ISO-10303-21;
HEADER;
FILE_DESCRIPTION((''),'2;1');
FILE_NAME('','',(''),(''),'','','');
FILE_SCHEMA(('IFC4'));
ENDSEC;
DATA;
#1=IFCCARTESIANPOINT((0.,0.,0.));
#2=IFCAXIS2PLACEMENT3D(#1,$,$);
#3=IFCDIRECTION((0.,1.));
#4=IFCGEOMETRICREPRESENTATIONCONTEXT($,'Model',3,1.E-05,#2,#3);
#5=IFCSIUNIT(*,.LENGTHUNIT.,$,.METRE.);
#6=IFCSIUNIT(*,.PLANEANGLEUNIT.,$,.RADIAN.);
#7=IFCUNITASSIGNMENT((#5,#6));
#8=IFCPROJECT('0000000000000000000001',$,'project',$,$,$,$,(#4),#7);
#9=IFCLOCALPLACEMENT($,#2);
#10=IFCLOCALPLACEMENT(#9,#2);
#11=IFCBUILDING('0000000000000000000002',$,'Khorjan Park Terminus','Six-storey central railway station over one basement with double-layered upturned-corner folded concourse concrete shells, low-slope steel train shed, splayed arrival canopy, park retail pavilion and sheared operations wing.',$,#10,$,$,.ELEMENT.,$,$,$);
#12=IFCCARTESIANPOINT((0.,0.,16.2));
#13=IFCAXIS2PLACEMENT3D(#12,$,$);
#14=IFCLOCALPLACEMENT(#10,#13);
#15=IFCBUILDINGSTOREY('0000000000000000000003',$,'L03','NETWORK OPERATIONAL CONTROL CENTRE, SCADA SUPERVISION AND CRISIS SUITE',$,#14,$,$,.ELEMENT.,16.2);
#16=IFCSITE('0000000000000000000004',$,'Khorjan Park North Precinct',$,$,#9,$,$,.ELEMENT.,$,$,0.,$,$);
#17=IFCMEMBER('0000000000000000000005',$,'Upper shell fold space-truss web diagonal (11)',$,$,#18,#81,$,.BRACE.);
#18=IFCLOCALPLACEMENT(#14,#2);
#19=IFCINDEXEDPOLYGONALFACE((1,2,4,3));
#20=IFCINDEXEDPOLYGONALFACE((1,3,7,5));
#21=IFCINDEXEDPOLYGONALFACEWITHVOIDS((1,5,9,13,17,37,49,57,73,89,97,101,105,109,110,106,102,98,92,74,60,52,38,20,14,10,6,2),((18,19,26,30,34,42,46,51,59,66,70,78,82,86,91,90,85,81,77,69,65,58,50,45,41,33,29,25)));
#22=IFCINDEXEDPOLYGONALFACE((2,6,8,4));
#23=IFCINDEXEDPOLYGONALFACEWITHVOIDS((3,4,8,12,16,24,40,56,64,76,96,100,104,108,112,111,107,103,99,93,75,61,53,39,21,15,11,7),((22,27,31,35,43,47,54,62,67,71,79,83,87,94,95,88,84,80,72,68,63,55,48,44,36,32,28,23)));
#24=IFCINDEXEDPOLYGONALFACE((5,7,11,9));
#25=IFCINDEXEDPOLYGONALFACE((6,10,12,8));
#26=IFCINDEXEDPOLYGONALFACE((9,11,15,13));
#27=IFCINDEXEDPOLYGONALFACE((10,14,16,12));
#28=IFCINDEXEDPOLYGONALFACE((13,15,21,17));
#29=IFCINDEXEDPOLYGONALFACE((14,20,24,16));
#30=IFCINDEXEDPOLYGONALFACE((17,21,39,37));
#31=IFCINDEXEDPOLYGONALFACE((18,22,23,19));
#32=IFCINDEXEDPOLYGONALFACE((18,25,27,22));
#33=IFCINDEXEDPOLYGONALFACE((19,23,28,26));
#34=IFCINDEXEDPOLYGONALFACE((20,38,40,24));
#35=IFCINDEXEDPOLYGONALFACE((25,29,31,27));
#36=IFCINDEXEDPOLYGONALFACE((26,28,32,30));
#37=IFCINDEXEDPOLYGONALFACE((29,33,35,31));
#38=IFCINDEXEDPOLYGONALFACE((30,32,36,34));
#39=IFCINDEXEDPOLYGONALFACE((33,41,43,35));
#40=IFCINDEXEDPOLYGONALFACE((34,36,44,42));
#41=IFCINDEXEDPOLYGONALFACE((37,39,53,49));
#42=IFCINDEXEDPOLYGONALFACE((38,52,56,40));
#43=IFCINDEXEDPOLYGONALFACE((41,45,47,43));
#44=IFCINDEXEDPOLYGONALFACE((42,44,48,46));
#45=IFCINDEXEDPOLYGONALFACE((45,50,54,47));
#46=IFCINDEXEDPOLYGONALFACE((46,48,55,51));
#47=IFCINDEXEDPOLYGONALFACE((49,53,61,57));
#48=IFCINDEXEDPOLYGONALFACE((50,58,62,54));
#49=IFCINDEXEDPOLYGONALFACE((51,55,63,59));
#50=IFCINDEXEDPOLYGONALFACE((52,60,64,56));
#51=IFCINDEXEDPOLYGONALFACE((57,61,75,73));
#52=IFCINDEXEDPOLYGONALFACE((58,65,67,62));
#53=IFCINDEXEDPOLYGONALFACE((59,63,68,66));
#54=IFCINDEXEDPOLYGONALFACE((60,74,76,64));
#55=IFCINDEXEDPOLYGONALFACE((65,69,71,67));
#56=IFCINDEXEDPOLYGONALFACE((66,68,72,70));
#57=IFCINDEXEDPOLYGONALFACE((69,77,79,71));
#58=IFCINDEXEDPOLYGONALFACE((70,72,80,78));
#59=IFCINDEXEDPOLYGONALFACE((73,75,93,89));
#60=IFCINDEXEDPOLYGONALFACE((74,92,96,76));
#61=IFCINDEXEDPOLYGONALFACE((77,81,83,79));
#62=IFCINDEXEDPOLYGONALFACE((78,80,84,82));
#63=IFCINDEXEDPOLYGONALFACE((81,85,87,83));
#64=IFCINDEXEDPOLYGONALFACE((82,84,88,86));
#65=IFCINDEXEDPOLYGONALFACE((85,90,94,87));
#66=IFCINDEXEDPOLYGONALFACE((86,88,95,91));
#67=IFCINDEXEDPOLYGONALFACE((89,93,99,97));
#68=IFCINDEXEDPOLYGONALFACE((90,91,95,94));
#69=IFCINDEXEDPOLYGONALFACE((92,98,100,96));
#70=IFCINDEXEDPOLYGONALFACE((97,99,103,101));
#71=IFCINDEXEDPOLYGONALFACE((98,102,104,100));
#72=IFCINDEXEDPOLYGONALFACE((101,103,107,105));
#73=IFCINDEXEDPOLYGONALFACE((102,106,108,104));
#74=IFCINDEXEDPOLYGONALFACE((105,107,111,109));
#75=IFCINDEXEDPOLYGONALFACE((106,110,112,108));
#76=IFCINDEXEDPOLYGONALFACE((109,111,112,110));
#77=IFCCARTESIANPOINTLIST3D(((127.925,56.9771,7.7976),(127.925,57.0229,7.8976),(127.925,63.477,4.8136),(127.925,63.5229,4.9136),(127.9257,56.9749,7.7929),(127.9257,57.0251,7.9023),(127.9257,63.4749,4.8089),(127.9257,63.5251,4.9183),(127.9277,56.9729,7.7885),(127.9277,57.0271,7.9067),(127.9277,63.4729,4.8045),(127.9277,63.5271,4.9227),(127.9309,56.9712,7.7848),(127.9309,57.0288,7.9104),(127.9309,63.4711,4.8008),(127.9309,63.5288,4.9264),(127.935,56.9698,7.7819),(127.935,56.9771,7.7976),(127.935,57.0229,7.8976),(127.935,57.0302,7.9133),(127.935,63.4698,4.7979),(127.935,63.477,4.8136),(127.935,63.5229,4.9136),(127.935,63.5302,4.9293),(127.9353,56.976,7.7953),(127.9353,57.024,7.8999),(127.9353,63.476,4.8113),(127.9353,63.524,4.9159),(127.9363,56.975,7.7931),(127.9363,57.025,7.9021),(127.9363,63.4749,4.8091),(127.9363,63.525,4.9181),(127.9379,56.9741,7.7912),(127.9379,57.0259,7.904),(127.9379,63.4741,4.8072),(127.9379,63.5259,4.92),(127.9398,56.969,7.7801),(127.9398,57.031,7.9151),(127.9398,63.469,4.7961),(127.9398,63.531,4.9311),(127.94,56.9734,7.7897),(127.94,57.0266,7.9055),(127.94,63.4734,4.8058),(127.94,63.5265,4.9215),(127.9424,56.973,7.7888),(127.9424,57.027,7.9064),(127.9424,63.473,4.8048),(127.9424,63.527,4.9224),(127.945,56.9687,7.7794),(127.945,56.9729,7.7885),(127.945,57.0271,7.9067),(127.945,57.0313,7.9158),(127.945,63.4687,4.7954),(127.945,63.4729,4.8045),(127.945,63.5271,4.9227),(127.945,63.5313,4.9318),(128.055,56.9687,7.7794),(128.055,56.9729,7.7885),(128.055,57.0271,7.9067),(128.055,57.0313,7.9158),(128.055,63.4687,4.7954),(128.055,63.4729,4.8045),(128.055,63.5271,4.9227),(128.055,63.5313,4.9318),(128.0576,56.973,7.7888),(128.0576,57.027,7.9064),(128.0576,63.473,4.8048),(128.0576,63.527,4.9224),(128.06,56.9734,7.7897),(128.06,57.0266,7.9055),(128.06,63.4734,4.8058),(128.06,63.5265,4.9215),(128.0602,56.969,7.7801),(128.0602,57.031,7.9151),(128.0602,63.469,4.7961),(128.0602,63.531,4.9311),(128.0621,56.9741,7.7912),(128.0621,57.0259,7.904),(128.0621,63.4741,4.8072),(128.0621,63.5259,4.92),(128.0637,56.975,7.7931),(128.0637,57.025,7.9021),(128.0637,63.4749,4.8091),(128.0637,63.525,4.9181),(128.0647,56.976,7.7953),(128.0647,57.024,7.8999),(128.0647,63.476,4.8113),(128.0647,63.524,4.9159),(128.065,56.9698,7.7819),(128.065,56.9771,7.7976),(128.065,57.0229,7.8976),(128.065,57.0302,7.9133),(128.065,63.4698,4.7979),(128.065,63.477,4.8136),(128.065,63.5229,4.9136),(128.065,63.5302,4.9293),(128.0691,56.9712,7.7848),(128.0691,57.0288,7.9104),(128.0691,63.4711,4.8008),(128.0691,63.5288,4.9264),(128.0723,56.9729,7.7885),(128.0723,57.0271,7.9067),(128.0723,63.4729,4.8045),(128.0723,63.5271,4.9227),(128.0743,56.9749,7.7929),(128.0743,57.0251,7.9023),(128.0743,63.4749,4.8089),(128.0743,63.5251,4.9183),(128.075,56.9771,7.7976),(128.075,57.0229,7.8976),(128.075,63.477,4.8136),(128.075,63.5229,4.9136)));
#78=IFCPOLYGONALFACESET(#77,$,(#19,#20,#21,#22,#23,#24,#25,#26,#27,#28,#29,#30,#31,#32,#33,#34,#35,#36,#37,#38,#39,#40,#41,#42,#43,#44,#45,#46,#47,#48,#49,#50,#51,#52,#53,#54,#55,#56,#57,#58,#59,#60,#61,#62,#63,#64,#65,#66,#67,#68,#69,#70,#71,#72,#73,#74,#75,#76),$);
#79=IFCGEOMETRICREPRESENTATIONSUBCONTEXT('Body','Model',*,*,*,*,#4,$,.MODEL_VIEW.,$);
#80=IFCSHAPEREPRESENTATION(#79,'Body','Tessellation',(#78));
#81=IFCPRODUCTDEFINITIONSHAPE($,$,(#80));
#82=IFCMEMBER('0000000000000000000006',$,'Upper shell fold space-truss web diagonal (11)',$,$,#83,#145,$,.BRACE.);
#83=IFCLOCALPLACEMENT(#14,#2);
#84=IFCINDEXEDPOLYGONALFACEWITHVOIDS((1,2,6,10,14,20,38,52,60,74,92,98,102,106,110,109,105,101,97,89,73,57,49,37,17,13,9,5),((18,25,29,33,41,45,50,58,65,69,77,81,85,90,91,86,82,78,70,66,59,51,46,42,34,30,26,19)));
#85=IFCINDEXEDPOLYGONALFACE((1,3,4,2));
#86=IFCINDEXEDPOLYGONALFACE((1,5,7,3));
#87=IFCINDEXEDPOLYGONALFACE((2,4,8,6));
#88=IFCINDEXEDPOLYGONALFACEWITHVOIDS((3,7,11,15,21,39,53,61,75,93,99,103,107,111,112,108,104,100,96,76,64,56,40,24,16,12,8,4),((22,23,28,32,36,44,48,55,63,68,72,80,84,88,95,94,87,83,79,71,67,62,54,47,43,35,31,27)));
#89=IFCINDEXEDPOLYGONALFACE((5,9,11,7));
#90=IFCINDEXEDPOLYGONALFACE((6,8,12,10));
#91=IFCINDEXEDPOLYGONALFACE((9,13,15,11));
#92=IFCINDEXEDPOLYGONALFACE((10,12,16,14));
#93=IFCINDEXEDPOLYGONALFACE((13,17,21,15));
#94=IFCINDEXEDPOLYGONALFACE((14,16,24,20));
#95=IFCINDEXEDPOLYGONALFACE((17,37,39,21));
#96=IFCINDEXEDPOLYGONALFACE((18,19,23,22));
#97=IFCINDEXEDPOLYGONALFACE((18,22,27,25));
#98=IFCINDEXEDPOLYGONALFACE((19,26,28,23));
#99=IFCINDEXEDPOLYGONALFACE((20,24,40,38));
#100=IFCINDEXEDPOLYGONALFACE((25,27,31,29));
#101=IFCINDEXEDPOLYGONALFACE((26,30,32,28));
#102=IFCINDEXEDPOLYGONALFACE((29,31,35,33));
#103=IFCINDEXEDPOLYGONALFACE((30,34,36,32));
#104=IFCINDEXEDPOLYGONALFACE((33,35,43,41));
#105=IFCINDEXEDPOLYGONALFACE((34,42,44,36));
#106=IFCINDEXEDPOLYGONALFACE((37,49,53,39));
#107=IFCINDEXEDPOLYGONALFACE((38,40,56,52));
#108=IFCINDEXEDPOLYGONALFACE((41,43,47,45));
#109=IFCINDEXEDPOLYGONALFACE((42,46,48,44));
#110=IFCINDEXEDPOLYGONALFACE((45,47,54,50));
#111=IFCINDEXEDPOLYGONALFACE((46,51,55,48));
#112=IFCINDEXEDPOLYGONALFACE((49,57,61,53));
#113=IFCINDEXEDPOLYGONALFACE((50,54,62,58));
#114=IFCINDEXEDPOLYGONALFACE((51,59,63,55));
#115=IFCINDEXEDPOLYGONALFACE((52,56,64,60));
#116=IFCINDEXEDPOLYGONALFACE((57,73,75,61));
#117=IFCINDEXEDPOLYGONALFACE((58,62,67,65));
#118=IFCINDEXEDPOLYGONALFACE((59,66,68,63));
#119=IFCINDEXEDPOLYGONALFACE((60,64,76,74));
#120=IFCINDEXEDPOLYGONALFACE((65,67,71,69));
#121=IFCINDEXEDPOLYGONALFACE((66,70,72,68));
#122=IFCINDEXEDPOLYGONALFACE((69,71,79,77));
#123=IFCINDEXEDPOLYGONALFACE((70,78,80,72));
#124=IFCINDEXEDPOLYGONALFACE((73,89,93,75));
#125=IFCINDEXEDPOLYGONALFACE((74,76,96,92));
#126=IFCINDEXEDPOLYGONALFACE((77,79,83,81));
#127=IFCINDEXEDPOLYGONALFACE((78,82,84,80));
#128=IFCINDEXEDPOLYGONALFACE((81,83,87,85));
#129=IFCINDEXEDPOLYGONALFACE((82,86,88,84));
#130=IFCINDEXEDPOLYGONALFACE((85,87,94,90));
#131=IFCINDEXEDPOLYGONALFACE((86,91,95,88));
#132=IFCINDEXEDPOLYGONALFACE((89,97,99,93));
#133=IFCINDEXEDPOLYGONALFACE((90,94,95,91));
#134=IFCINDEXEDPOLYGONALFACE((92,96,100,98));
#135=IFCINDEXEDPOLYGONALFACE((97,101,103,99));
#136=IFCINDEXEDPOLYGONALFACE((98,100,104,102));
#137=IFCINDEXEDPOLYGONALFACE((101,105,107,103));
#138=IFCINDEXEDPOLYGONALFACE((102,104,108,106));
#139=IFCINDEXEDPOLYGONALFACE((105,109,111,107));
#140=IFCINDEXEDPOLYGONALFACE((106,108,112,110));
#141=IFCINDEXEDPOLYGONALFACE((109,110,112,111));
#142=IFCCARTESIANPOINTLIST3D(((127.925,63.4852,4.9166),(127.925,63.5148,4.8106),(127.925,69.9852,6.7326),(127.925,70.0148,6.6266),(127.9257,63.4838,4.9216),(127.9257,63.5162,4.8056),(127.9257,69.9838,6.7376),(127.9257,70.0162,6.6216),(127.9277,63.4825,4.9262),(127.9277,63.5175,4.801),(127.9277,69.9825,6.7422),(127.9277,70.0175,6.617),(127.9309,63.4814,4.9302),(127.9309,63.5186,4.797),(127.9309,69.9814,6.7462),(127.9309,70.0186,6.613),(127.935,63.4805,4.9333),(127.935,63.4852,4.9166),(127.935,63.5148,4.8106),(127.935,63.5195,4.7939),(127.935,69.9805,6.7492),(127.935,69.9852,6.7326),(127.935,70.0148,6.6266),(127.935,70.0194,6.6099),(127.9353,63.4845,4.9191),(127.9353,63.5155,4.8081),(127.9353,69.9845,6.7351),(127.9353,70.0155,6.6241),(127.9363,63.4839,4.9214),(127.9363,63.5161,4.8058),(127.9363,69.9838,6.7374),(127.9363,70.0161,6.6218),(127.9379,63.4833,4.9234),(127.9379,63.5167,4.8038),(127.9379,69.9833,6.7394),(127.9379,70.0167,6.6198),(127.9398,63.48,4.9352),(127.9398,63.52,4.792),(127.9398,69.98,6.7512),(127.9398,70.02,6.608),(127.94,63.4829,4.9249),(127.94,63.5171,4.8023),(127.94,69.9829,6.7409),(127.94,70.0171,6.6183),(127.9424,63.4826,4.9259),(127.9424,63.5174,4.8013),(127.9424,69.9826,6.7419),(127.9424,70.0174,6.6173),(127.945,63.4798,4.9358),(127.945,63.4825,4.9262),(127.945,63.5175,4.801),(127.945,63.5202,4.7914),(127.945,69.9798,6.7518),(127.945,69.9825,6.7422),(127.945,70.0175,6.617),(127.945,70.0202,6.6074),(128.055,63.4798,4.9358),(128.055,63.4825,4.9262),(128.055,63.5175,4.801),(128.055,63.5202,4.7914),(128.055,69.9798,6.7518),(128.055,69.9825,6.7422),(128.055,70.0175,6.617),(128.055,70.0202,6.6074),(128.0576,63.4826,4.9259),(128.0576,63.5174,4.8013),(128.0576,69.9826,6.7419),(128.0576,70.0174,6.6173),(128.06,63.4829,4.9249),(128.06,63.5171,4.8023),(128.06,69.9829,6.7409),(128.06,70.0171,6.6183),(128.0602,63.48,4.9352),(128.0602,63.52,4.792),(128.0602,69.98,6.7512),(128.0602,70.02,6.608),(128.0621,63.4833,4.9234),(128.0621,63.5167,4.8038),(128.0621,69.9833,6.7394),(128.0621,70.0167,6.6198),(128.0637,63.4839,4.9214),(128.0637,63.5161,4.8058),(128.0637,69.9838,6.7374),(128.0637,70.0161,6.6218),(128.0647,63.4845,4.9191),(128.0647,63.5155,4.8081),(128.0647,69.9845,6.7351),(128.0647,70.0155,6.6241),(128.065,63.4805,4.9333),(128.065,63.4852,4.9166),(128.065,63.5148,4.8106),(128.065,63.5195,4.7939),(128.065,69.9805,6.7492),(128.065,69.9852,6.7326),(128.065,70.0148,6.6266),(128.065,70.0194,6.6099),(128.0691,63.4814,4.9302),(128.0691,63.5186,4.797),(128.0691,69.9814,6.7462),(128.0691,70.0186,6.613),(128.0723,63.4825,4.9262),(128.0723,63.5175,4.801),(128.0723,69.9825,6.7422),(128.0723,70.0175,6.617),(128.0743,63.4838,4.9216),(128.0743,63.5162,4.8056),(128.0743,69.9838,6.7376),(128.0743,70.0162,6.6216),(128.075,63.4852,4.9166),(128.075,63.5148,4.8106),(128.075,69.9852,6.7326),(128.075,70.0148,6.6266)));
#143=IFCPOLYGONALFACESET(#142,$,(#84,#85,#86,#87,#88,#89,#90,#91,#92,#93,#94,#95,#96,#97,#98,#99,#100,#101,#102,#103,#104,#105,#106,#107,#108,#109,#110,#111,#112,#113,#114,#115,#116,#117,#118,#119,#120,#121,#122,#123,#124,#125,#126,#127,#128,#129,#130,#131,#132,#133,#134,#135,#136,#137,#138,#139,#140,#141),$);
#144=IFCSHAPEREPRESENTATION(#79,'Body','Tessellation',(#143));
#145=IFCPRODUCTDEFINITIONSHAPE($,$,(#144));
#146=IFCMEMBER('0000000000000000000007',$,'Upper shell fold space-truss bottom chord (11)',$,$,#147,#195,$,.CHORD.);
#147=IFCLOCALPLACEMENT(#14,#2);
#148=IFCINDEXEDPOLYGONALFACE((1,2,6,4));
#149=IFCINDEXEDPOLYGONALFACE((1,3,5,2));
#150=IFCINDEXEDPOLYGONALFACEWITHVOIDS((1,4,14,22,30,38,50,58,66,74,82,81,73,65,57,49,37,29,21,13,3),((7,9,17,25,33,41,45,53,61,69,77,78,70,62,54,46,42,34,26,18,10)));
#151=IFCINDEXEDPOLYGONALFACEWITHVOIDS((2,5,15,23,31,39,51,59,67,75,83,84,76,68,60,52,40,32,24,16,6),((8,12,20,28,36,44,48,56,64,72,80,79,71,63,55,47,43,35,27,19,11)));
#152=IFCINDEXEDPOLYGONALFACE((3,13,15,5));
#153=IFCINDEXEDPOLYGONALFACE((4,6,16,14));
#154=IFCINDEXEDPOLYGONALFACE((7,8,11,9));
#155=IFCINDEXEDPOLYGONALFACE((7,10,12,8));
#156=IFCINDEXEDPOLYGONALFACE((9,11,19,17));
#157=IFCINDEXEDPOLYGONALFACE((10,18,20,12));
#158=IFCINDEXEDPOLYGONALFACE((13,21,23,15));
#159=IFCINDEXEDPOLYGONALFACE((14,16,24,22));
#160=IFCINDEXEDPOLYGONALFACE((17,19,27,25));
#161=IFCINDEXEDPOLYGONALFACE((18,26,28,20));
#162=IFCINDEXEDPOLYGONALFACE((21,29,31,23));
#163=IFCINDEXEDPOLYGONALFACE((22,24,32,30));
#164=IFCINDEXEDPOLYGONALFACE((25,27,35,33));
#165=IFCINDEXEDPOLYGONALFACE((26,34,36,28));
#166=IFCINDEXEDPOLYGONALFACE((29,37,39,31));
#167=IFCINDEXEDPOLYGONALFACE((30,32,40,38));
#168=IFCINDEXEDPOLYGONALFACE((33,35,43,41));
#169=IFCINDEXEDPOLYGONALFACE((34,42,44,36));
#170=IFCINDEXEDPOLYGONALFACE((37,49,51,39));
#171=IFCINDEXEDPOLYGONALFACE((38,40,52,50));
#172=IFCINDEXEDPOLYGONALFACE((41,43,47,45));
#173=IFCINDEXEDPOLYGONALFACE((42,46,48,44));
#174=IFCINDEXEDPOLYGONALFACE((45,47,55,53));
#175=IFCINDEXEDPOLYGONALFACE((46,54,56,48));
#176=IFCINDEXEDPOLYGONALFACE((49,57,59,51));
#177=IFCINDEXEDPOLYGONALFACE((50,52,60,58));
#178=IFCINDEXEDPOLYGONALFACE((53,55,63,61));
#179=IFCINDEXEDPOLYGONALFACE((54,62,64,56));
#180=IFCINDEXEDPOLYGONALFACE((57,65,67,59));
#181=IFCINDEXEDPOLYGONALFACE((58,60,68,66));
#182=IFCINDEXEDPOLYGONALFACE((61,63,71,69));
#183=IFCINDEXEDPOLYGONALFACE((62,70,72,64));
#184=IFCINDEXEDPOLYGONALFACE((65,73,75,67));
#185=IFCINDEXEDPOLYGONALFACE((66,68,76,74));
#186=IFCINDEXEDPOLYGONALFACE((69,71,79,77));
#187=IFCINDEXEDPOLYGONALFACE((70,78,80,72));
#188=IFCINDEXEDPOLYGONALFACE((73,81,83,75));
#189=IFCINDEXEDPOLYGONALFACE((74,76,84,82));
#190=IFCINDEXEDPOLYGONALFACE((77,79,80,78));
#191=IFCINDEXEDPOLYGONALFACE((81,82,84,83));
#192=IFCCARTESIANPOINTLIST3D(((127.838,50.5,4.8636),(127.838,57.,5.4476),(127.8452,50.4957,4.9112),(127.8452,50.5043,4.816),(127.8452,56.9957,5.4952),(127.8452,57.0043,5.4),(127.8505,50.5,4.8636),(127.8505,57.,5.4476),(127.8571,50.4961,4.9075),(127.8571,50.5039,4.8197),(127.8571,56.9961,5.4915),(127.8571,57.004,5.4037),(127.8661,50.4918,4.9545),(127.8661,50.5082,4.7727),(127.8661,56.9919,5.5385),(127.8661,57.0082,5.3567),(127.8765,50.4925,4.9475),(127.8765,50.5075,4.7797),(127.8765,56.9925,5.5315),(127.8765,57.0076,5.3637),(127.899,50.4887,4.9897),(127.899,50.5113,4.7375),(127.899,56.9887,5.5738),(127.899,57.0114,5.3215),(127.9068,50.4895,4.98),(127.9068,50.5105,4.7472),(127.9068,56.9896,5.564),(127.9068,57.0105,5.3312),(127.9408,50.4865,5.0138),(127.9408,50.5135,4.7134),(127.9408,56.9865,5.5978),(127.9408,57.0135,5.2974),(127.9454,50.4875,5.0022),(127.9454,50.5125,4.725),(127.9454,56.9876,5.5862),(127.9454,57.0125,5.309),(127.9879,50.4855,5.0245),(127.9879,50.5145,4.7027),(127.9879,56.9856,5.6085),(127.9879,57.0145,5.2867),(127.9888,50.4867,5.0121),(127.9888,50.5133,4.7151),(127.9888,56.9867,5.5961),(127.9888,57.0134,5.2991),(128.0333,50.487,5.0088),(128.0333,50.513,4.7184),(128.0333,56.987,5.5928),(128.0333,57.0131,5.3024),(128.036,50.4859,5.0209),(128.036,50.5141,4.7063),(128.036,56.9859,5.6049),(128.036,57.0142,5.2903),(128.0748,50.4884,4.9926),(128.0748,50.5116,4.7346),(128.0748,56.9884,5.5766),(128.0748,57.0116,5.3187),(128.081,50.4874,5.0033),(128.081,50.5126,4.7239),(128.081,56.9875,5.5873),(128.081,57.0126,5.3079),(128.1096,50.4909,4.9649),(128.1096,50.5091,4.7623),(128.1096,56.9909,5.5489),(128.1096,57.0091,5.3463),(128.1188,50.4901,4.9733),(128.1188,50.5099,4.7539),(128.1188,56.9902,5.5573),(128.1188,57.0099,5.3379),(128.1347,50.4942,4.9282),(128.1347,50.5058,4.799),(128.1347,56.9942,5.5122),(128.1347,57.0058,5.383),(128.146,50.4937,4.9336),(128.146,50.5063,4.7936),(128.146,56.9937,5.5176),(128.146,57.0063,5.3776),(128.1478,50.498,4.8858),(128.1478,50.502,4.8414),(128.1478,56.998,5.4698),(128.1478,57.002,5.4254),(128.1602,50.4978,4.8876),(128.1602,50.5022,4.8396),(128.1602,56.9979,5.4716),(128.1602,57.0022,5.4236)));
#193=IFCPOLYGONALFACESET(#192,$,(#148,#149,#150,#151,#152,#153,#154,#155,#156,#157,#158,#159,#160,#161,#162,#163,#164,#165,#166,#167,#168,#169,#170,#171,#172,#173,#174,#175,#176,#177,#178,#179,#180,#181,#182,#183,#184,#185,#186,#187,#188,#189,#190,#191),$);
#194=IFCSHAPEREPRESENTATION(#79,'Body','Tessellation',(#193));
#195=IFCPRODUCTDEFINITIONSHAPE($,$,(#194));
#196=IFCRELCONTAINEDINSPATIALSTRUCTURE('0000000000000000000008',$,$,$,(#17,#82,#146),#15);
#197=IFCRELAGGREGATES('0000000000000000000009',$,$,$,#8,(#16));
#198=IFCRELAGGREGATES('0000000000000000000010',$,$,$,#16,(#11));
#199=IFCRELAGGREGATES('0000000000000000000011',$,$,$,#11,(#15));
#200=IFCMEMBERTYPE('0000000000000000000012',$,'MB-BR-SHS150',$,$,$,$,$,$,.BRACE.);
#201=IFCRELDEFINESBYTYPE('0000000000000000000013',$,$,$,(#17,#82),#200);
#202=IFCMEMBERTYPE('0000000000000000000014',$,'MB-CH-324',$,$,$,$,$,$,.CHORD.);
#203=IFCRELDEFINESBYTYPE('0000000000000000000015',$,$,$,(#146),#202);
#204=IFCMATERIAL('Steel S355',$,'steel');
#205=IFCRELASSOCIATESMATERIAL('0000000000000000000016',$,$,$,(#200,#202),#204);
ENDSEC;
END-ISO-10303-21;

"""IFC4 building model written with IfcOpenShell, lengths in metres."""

from ifc_helpers import new_model, si_unit, direction, frame, origin, origin_2d, place, context, subcontext, project, spatial, hollow_rectangle, hollow_circle, extrude, material, material_profile, profile_set, type_object, element, save


model = new_model("IFC4")

# Units and contexts
model_context = context("Model", 3, precision=1e-05, world=origin(), true_north=direction((0.0, 1.0)))
body_context = subcontext(model_context, "Body", "Model", "MODEL_VIEW")
ifc_project = project(units=[si_unit("LENGTHUNIT", "METRE"), si_unit("PLANEANGLEUNIT", "RADIAN")], contexts=[model_context])

# Site, building, storey
site_placement = place(None, origin())
site = spatial("IfcSite", under=ifc_project, at=site_placement, Name="Khorjan Park North Precinct", CompositionType="ELEMENT", RefElevation=0.0)
building_placement = place(site_placement, origin())
building = spatial("IfcBuilding", under=site, at=building_placement, Name="Khorjan Park Terminus", Description="Six-storey central railway station over one basement with double-layered upturned-corner folded concourse concrete shells, low-slope steel train shed, splayed arrival canopy, park retail pavilion and sheared operations wing.", CompositionType="ELEMENT")
storey_placement = place(building_placement, frame((0.0, 0.0, 16.2)))
storey = spatial("IfcBuildingStorey", under=building, at=storey_placement, Name="L03", Description="NETWORK OPERATIONAL CONTROL CENTRE, SCADA SUPERVISION AND CRISIS SUITE", CompositionType="ELEMENT", Elevation=16.2)

# Members
ifc_material_1 = material(Name="Steel S355", Category="steel")
ifc_material_profile_1 = material_profile(ifc_material_1, hollow_rectangle(XDim=0.15, YDim=0.15, WallThickness=0.01, InnerFilletRadius=0.01, OuterFilletRadius=0.02, at=origin_2d()), Name="SHS 150x150x10")
ifc_profile_set_1 = profile_set([ifc_material_profile_1], Name="Steel S355")
member_type_1 = type_object("IfcMemberType", Name="MB-BR-SHS150", PredefinedType="BRACE", material=ifc_profile_set_1)
for number, where, z_axis, x_axis, name in (
    (1, (128.0, 57.0, 7.8476), (0.0, 0.908809, -0.417213), (-1.0, 0.0, 0.0), "Upper shell fold space-truss web diagonal (11)"),
):
    element("IfcMember", number, at=place(storey_placement, frame(where, z_axis=z_axis, x_axis=x_axis)), inside=storey, type_object=member_type_1, Name=name, PredefinedType="BRACE", context=body_context, shape_type="SweptSolid", body=[
        extrude(hollow_rectangle(XDim=0.15, YDim=0.15, WallThickness=0.01, InnerFilletRadius=0.01, OuterFilletRadius=0.02, at=origin_2d()), origin(), (0.0, 0.0, 1.0), 7.1522),
    ])
member_1_placement = place(storey_placement, frame((128.0, 63.5, 4.8636), z_axis=(0.0, 0.963118, 0.26908), x_axis=(-1.0, 0.0, 0.0)))
element("IfcMember", 2, at=member_1_placement, inside=storey, type_object=member_type_1, Name="Upper shell fold space-truss web diagonal (11)", PredefinedType="BRACE", context=body_context, shape_type="SweptSolid", body=[
    extrude(hollow_rectangle(XDim=0.15, YDim=0.15, WallThickness=0.01, InnerFilletRadius=0.01, OuterFilletRadius=0.02, at=origin_2d()), origin(), (0.0, 0.0, 1.0), 6.7489),
])
ifc_material_profile_2 = material_profile(ifc_material_1, hollow_circle(Radius=0.162, WallThickness=0.0125, at=origin_2d()), Name="CHS 323.9x12.5")
ifc_profile_set_2 = profile_set([ifc_material_profile_2], Name="Steel S355")
member_type_2 = type_object("IfcMemberType", Name="MB-CH-324", PredefinedType="CHORD", material=ifc_profile_set_2)
for number, where, z_axis, x_axis, name in (
    (3, (128.0, 50.5, 4.8636), (0.0, 0.995988, 0.089486), (-1.0, 0.0, 0.0), "Upper shell fold space-truss bottom chord (11)"),
):
    element("IfcMember", number, at=place(storey_placement, frame(where, z_axis=z_axis, x_axis=x_axis)), inside=storey, type_object=member_type_2, Name=name, PredefinedType="CHORD", context=body_context, shape_type="SweptSolid", body=[
        extrude(hollow_circle(Radius=0.162, WallThickness=0.0125, at=origin_2d()), origin(), (0.0, 0.0, 1.0), 6.5262),
    ])

save(model, "model.ifc")
